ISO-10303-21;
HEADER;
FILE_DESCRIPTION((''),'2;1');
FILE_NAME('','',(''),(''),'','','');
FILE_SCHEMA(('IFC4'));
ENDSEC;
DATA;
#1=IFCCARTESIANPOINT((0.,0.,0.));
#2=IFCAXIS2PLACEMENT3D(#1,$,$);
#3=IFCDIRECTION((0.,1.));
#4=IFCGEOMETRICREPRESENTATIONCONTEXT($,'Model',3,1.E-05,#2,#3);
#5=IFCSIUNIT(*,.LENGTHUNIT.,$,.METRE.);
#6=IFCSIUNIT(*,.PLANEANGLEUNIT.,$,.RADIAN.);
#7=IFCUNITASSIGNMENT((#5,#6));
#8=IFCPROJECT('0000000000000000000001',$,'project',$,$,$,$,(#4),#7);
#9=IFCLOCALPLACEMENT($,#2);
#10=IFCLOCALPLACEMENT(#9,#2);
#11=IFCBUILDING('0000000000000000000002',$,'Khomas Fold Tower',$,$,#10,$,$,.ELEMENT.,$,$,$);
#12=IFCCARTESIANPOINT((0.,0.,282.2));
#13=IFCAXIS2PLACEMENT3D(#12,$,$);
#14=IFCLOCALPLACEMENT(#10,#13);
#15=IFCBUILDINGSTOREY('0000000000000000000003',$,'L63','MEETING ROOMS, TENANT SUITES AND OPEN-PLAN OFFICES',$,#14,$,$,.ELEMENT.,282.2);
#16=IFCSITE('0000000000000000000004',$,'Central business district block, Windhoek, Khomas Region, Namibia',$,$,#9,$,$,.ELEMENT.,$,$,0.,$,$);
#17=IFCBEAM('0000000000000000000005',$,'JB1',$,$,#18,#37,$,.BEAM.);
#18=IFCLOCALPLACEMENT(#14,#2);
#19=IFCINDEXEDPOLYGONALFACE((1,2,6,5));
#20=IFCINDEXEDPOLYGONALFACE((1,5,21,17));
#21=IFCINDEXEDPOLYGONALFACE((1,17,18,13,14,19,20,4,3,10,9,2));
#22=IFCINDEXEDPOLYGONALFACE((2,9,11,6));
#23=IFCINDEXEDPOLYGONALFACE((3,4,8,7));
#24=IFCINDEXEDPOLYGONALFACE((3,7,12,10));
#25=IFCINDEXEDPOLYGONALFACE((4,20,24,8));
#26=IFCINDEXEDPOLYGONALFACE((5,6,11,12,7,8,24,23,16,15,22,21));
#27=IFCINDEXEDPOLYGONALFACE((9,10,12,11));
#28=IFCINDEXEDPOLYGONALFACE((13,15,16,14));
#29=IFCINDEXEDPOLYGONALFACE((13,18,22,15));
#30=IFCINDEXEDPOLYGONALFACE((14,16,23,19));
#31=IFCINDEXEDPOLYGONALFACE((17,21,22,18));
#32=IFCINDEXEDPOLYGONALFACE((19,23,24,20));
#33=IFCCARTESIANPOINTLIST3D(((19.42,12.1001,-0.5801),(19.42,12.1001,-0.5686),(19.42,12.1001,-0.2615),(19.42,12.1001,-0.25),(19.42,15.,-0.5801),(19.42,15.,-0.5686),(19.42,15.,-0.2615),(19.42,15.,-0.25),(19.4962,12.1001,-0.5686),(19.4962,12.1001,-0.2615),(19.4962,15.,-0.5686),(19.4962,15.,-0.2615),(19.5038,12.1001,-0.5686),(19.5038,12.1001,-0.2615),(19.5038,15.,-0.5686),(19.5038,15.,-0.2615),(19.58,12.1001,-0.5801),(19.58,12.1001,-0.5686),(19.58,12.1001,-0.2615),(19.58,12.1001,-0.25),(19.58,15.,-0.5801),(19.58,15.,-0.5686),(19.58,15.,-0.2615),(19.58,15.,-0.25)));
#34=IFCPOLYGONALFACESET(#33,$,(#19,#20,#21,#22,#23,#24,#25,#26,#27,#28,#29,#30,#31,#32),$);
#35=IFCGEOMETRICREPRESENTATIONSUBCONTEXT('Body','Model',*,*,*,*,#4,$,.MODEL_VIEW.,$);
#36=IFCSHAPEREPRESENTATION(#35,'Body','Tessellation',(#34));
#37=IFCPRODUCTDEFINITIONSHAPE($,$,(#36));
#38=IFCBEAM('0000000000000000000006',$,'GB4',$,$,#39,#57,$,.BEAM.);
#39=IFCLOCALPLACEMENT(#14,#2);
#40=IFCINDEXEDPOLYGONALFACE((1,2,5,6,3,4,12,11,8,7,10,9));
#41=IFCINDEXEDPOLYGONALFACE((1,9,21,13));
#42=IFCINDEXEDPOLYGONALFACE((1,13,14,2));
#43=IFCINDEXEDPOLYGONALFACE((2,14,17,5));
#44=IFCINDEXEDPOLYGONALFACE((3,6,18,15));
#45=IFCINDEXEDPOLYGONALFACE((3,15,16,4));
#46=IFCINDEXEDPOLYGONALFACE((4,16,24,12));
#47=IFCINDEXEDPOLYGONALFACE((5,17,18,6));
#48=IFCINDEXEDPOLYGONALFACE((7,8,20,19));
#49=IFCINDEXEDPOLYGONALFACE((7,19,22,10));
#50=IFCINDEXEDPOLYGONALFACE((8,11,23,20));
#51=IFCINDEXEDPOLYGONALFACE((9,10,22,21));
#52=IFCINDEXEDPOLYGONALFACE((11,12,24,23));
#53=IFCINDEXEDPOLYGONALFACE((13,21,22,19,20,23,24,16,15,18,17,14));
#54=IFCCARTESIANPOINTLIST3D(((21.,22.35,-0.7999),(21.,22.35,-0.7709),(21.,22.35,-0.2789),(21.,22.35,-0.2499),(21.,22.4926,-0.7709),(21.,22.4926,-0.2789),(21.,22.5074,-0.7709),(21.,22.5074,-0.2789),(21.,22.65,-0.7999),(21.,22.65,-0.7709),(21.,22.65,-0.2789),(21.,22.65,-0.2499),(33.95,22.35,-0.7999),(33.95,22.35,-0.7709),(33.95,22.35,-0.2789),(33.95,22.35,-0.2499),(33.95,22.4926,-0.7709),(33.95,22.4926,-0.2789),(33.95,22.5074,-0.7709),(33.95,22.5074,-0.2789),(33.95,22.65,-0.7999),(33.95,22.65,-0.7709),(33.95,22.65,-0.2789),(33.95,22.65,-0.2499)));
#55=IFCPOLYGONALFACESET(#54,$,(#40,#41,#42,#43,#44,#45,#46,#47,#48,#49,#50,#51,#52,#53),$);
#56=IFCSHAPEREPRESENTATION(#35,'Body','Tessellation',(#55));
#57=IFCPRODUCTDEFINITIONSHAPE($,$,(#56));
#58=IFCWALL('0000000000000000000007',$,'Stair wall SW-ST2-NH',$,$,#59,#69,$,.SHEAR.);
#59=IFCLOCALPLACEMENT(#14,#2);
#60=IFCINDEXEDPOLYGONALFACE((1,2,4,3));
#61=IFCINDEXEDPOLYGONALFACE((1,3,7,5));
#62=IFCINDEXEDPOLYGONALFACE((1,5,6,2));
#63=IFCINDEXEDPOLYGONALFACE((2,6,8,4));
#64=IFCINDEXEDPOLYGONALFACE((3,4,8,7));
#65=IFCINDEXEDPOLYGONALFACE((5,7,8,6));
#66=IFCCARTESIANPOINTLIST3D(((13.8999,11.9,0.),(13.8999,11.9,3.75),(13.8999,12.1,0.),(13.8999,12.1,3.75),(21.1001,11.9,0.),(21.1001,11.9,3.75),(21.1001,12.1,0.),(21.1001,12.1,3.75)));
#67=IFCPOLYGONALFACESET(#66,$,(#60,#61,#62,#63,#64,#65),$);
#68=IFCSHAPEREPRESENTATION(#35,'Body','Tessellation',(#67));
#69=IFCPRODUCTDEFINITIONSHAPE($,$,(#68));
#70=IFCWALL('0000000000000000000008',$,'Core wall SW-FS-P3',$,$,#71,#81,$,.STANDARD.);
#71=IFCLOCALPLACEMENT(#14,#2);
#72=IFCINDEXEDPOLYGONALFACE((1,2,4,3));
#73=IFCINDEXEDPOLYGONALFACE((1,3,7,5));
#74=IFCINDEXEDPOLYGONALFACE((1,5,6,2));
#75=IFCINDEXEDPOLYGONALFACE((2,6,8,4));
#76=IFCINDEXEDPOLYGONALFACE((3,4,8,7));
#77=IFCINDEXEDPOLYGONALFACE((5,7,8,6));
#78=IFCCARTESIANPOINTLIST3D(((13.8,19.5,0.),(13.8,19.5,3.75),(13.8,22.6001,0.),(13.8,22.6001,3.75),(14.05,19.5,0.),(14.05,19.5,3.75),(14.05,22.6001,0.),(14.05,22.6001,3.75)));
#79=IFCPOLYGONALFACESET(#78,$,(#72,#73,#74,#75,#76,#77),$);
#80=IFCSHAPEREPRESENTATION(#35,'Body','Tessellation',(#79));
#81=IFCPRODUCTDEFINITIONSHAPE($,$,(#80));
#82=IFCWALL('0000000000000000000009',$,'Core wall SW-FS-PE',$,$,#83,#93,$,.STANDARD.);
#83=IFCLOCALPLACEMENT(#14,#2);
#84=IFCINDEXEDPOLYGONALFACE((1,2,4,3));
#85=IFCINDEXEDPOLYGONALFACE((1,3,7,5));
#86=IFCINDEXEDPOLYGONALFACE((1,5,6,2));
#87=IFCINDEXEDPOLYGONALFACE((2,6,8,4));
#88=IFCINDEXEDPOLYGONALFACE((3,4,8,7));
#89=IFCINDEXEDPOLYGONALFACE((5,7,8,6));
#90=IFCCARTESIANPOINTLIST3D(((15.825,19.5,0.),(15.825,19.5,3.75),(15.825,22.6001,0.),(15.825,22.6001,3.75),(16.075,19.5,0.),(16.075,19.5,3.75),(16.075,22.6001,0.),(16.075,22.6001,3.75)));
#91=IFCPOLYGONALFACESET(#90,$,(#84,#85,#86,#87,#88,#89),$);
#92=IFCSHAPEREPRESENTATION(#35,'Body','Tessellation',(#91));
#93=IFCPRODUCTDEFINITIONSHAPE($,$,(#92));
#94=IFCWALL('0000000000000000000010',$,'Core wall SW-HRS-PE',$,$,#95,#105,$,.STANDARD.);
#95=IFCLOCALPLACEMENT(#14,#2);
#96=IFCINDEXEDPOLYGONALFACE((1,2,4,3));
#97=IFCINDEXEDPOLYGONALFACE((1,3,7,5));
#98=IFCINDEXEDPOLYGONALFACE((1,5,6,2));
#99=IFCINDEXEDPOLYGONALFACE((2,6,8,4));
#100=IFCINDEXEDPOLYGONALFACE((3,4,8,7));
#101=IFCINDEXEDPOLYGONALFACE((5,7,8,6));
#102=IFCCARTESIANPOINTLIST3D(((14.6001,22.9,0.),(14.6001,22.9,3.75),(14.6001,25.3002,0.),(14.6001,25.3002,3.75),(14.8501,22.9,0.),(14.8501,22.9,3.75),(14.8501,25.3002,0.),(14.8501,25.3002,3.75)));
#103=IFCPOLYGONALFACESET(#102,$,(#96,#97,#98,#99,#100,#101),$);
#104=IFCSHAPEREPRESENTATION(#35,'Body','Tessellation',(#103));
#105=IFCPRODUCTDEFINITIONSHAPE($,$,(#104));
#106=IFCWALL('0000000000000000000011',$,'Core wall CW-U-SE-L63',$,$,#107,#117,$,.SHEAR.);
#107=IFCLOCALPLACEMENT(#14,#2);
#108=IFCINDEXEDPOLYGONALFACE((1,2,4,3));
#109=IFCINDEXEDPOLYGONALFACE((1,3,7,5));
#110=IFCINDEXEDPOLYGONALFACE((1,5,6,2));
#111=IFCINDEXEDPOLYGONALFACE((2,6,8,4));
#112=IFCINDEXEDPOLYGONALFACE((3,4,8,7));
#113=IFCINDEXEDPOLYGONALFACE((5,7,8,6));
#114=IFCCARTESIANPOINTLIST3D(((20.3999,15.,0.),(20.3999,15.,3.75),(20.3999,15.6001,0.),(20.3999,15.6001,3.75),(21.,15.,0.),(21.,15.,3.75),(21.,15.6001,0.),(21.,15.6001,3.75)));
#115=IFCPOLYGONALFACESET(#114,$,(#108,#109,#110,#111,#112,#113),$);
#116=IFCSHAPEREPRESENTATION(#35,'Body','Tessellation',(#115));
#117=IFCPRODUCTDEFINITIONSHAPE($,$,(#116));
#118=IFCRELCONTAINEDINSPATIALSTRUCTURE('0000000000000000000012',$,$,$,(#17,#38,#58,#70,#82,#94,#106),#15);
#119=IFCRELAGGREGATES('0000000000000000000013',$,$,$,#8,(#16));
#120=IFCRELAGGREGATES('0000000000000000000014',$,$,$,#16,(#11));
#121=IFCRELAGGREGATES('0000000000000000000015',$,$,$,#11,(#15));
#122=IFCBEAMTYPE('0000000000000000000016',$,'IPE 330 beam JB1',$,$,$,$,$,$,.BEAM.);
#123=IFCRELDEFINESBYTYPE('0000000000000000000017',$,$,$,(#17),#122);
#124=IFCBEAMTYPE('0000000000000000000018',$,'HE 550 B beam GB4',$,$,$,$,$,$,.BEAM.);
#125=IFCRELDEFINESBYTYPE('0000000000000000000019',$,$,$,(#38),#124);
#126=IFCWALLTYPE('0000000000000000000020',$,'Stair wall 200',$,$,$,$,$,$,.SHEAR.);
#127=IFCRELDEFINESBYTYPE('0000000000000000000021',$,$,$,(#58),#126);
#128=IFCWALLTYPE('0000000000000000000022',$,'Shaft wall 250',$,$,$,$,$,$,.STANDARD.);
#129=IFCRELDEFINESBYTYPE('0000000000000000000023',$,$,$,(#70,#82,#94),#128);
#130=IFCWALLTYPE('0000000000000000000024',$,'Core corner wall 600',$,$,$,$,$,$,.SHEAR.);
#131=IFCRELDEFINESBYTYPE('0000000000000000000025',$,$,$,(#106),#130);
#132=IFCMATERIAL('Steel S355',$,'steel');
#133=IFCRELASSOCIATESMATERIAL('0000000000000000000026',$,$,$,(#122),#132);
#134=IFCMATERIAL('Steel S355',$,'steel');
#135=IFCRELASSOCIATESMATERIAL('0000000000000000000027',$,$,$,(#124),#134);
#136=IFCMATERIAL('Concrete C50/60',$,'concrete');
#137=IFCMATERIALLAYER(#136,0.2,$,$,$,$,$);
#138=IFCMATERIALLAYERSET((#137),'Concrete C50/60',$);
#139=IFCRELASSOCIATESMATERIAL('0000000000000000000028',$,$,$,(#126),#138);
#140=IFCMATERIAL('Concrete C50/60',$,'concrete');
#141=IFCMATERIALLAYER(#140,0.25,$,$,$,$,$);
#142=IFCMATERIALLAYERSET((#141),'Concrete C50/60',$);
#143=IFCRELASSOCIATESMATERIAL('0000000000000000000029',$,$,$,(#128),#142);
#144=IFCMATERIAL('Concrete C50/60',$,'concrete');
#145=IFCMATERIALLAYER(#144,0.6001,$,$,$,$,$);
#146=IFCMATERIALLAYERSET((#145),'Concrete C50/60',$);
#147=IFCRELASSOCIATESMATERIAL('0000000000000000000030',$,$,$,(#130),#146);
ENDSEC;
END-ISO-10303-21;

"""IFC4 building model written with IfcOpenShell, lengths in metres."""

from ifc_helpers import new_model, si_unit, direction, frame, frame_2d, origin, origin_2d, place, context, subcontext, project, spatial, rectangle, i_section, extrude, source, transform, mapped, material, layer, layer_set, material_profile, profile_set, type_object, element, save


model = new_model("IFC4")

# Units and contexts
model_context = context("Model", 3, precision=1e-05, world=origin(), true_north=direction((0.0, 1.0)))
body_context = subcontext(model_context, "Body", "Model", "MODEL_VIEW")
ifc_project = project(units=[si_unit("LENGTHUNIT", "METRE"), si_unit("PLANEANGLEUNIT", "RADIAN")], contexts=[model_context])

# Site, building, storey
site_placement = place(None, origin())
site = spatial("IfcSite", under=ifc_project, at=site_placement, Name="Central business district block, Windhoek, Khomas Region, Namibia", CompositionType="ELEMENT", RefElevation=0.0)
building_placement = place(site_placement, origin())
building = spatial("IfcBuilding", under=site, at=building_placement, Name="Khomas Fold Tower", CompositionType="ELEMENT")
storey_placement = place(building_placement, frame((0.0, 0.0, 282.2)))
storey = spatial("IfcBuildingStorey", under=building, at=storey_placement, Name="L63", Description="MEETING ROOMS, TENANT SUITES AND OPEN-PLAN OFFICES", CompositionType="ELEMENT", Elevation=282.2)

# Beams
ifc_material_1 = material(Name="Steel S355", Category="steel")
ifc_material_profile_1 = material_profile(ifc_material_1, i_section(OverallWidth=0.1599, OverallDepth=0.3301, WebThickness=0.0076, FlangeThickness=0.0115, at=origin_2d()), Name="IPE 330")
ifc_profile_set_1 = profile_set([ifc_material_profile_1], Name="Steel S355")
beam_type_1 = type_object("IfcBeamType", Name="IPE 330 beam JB1", PredefinedType="BEAM", material=ifc_profile_set_1)
shared_shape_1 = source(origin(), body_context, "Body", "SweptSolid", [
    extrude(i_section(OverallWidth=0.1599, OverallDepth=0.3301, WebThickness=0.0076, FlangeThickness=0.0115, at=origin_2d()), origin(), (0.0, 0.0, 1.0), 2.8999),
])
beam_1_placement = place(storey_placement, frame((19.5, 12.1001, -0.415), z_axis=(0.0, 1.0, 0.0), x_axis=(-1.0, 0.0, 0.0)))
element("IfcBeam", 1, at=beam_1_placement, inside=storey, type_object=beam_type_1, Name="JB1", PredefinedType="BEAM", context=body_context, shape_type="MappedRepresentation", body=[
    mapped(shared_shape_1, transform((0.0, 0.0, 0.0))),
])
ifc_material_2 = material(Name="Steel S355", Category="steel")
ifc_material_profile_2 = material_profile(ifc_material_2, i_section(OverallWidth=0.3, OverallDepth=0.55, WebThickness=0.0149, FlangeThickness=0.0291, at=origin_2d()), Name="HE 550 B")
ifc_profile_set_2 = profile_set([ifc_material_profile_2], Name="Steel S355")
beam_type_2 = type_object("IfcBeamType", Name="HE 550 B beam GB4", PredefinedType="BEAM", material=ifc_profile_set_2)
shared_shape_2 = source(origin(), body_context, "Body", "SweptSolid", [
    extrude(i_section(OverallWidth=0.3, OverallDepth=0.55, WebThickness=0.0149, FlangeThickness=0.0291, at=origin_2d()), origin(), (0.0, 0.0, 1.0), 12.95),
])
beam_2_placement = place(storey_placement, frame((21.0, 22.5, -0.5249), z_axis=(1.0, 0.0, 0.0), x_axis=(0.0, 1.0, 0.0)))
element("IfcBeam", 2, at=beam_2_placement, inside=storey, type_object=beam_type_2, Name="GB4", PredefinedType="BEAM", context=body_context, shape_type="MappedRepresentation", body=[
    mapped(shared_shape_2, transform((0.0, 0.0, 0.0))),
])

# Walls
ifc_material_3 = material(Name="Concrete C50/60", Category="concrete")
ifc_layer_1 = layer(ifc_material_3, 0.2)
ifc_layer_set_1 = layer_set([ifc_layer_1], Name="Concrete C50/60")
wall_type_1 = type_object("IfcWallType", Name="Stair wall 200", PredefinedType="SHEAR", material=ifc_layer_set_1)
shared_shape_3 = source(origin(), body_context, "Body", "SweptSolid", [
    extrude(rectangle(XDim=7.2002, YDim=0.2, at=frame_2d((3.6001, 0.0))), origin(), (0.0, 0.0, 1.0), 3.75),
])
wall_1_placement = place(storey_placement, frame((13.8999, 12.0, 0.0), z_axis=(0.0, 0.0, 1.0), x_axis=(1.0, 0.0, 0.0)))
element("IfcWall", 3, at=wall_1_placement, inside=storey, type_object=wall_type_1, Name="Stair wall SW-ST2-NH", PredefinedType="SHEAR", context=body_context, shape_type="MappedRepresentation", body=[
    mapped(shared_shape_3, transform((0.0, 0.0, 0.0))),
])
ifc_material_4 = material(Name="Concrete C50/60", Category="concrete")
ifc_layer_2 = layer(ifc_material_4, 0.25)
ifc_layer_set_2 = layer_set([ifc_layer_2], Name="Concrete C50/60")
wall_type_2 = type_object("IfcWallType", Name="Shaft wall 250", PredefinedType="STANDARD", material=ifc_layer_set_2)
shared_shape_4 = source(origin(), body_context, "Body", "SweptSolid", [
    extrude(rectangle(XDim=3.1001, YDim=0.25, at=frame_2d((1.55, 0.0))), origin(), (0.0, 0.0, 1.0), 3.75),
])
for number, where, z_axis, x_axis, name in (
    (4, (13.925, 19.5, 0.0), (0.0, 0.0, 1.0), (0.0, 1.0, 0.0), "Core wall SW-FS-P3"),
    (5, (15.95, 19.5, 0.0), (0.0, 0.0, 1.0), (0.0, 1.0, 0.0), "Core wall SW-FS-PE"),
):
    element("IfcWall", number, at=place(storey_placement, frame(where, z_axis=z_axis, x_axis=x_axis)), inside=storey, type_object=wall_type_2, Name=name, PredefinedType="STANDARD", context=body_context, shape_type="MappedRepresentation", body=[
        mapped(shared_shape_4, transform((0.0, 0.0, 0.0))),
    ])
shared_shape_5 = source(origin(), body_context, "Body", "SweptSolid", [
    extrude(rectangle(XDim=2.4001, YDim=0.25, at=frame_2d((1.2002, 0.0))), origin(), (0.0, 0.0, 1.0), 3.75),
])
wall_2_placement = place(storey_placement, frame((14.7251, 22.8999, 0.0), z_axis=(0.0, 0.0, 1.0), x_axis=(0.0, 1.0, 0.0)))
element("IfcWall", 6, at=wall_2_placement, inside=storey, type_object=wall_type_2, Name="Core wall SW-HRS-PE", PredefinedType="STANDARD", context=body_context, shape_type="MappedRepresentation", body=[
    mapped(shared_shape_5, transform((0.0, 0.0, 0.0))),
])
ifc_material_5 = material(Name="Concrete C50/60", Category="concrete")
ifc_layer_3 = layer(ifc_material_5, 0.6001)
ifc_layer_set_3 = layer_set([ifc_layer_3], Name="Concrete C50/60")
wall_type_3 = type_object("IfcWallType", Name="Core corner wall 600", PredefinedType="SHEAR", material=ifc_layer_set_3)
shared_shape_6 = source(origin(), body_context, "Body", "SweptSolid", [
    extrude(rectangle(XDim=0.6001, YDim=0.6001, at=frame_2d((0.3, 0.0))), origin(), (0.0, 0.0, 1.0), 3.75),
])
wall_3_placement = place(storey_placement, frame((20.3999, 15.3, 0.0), z_axis=(0.0, 0.0, 1.0), x_axis=(1.0, 0.0, 0.0)))
element("IfcWall", 7, at=wall_3_placement, inside=storey, type_object=wall_type_3, Name="Core wall CW-U-SE-L63", PredefinedType="SHEAR", context=body_context, shape_type="MappedRepresentation", body=[
    mapped(shared_shape_6, transform((0.0, 0.0, 0.0))),
])

save(model, "model.ifc")
